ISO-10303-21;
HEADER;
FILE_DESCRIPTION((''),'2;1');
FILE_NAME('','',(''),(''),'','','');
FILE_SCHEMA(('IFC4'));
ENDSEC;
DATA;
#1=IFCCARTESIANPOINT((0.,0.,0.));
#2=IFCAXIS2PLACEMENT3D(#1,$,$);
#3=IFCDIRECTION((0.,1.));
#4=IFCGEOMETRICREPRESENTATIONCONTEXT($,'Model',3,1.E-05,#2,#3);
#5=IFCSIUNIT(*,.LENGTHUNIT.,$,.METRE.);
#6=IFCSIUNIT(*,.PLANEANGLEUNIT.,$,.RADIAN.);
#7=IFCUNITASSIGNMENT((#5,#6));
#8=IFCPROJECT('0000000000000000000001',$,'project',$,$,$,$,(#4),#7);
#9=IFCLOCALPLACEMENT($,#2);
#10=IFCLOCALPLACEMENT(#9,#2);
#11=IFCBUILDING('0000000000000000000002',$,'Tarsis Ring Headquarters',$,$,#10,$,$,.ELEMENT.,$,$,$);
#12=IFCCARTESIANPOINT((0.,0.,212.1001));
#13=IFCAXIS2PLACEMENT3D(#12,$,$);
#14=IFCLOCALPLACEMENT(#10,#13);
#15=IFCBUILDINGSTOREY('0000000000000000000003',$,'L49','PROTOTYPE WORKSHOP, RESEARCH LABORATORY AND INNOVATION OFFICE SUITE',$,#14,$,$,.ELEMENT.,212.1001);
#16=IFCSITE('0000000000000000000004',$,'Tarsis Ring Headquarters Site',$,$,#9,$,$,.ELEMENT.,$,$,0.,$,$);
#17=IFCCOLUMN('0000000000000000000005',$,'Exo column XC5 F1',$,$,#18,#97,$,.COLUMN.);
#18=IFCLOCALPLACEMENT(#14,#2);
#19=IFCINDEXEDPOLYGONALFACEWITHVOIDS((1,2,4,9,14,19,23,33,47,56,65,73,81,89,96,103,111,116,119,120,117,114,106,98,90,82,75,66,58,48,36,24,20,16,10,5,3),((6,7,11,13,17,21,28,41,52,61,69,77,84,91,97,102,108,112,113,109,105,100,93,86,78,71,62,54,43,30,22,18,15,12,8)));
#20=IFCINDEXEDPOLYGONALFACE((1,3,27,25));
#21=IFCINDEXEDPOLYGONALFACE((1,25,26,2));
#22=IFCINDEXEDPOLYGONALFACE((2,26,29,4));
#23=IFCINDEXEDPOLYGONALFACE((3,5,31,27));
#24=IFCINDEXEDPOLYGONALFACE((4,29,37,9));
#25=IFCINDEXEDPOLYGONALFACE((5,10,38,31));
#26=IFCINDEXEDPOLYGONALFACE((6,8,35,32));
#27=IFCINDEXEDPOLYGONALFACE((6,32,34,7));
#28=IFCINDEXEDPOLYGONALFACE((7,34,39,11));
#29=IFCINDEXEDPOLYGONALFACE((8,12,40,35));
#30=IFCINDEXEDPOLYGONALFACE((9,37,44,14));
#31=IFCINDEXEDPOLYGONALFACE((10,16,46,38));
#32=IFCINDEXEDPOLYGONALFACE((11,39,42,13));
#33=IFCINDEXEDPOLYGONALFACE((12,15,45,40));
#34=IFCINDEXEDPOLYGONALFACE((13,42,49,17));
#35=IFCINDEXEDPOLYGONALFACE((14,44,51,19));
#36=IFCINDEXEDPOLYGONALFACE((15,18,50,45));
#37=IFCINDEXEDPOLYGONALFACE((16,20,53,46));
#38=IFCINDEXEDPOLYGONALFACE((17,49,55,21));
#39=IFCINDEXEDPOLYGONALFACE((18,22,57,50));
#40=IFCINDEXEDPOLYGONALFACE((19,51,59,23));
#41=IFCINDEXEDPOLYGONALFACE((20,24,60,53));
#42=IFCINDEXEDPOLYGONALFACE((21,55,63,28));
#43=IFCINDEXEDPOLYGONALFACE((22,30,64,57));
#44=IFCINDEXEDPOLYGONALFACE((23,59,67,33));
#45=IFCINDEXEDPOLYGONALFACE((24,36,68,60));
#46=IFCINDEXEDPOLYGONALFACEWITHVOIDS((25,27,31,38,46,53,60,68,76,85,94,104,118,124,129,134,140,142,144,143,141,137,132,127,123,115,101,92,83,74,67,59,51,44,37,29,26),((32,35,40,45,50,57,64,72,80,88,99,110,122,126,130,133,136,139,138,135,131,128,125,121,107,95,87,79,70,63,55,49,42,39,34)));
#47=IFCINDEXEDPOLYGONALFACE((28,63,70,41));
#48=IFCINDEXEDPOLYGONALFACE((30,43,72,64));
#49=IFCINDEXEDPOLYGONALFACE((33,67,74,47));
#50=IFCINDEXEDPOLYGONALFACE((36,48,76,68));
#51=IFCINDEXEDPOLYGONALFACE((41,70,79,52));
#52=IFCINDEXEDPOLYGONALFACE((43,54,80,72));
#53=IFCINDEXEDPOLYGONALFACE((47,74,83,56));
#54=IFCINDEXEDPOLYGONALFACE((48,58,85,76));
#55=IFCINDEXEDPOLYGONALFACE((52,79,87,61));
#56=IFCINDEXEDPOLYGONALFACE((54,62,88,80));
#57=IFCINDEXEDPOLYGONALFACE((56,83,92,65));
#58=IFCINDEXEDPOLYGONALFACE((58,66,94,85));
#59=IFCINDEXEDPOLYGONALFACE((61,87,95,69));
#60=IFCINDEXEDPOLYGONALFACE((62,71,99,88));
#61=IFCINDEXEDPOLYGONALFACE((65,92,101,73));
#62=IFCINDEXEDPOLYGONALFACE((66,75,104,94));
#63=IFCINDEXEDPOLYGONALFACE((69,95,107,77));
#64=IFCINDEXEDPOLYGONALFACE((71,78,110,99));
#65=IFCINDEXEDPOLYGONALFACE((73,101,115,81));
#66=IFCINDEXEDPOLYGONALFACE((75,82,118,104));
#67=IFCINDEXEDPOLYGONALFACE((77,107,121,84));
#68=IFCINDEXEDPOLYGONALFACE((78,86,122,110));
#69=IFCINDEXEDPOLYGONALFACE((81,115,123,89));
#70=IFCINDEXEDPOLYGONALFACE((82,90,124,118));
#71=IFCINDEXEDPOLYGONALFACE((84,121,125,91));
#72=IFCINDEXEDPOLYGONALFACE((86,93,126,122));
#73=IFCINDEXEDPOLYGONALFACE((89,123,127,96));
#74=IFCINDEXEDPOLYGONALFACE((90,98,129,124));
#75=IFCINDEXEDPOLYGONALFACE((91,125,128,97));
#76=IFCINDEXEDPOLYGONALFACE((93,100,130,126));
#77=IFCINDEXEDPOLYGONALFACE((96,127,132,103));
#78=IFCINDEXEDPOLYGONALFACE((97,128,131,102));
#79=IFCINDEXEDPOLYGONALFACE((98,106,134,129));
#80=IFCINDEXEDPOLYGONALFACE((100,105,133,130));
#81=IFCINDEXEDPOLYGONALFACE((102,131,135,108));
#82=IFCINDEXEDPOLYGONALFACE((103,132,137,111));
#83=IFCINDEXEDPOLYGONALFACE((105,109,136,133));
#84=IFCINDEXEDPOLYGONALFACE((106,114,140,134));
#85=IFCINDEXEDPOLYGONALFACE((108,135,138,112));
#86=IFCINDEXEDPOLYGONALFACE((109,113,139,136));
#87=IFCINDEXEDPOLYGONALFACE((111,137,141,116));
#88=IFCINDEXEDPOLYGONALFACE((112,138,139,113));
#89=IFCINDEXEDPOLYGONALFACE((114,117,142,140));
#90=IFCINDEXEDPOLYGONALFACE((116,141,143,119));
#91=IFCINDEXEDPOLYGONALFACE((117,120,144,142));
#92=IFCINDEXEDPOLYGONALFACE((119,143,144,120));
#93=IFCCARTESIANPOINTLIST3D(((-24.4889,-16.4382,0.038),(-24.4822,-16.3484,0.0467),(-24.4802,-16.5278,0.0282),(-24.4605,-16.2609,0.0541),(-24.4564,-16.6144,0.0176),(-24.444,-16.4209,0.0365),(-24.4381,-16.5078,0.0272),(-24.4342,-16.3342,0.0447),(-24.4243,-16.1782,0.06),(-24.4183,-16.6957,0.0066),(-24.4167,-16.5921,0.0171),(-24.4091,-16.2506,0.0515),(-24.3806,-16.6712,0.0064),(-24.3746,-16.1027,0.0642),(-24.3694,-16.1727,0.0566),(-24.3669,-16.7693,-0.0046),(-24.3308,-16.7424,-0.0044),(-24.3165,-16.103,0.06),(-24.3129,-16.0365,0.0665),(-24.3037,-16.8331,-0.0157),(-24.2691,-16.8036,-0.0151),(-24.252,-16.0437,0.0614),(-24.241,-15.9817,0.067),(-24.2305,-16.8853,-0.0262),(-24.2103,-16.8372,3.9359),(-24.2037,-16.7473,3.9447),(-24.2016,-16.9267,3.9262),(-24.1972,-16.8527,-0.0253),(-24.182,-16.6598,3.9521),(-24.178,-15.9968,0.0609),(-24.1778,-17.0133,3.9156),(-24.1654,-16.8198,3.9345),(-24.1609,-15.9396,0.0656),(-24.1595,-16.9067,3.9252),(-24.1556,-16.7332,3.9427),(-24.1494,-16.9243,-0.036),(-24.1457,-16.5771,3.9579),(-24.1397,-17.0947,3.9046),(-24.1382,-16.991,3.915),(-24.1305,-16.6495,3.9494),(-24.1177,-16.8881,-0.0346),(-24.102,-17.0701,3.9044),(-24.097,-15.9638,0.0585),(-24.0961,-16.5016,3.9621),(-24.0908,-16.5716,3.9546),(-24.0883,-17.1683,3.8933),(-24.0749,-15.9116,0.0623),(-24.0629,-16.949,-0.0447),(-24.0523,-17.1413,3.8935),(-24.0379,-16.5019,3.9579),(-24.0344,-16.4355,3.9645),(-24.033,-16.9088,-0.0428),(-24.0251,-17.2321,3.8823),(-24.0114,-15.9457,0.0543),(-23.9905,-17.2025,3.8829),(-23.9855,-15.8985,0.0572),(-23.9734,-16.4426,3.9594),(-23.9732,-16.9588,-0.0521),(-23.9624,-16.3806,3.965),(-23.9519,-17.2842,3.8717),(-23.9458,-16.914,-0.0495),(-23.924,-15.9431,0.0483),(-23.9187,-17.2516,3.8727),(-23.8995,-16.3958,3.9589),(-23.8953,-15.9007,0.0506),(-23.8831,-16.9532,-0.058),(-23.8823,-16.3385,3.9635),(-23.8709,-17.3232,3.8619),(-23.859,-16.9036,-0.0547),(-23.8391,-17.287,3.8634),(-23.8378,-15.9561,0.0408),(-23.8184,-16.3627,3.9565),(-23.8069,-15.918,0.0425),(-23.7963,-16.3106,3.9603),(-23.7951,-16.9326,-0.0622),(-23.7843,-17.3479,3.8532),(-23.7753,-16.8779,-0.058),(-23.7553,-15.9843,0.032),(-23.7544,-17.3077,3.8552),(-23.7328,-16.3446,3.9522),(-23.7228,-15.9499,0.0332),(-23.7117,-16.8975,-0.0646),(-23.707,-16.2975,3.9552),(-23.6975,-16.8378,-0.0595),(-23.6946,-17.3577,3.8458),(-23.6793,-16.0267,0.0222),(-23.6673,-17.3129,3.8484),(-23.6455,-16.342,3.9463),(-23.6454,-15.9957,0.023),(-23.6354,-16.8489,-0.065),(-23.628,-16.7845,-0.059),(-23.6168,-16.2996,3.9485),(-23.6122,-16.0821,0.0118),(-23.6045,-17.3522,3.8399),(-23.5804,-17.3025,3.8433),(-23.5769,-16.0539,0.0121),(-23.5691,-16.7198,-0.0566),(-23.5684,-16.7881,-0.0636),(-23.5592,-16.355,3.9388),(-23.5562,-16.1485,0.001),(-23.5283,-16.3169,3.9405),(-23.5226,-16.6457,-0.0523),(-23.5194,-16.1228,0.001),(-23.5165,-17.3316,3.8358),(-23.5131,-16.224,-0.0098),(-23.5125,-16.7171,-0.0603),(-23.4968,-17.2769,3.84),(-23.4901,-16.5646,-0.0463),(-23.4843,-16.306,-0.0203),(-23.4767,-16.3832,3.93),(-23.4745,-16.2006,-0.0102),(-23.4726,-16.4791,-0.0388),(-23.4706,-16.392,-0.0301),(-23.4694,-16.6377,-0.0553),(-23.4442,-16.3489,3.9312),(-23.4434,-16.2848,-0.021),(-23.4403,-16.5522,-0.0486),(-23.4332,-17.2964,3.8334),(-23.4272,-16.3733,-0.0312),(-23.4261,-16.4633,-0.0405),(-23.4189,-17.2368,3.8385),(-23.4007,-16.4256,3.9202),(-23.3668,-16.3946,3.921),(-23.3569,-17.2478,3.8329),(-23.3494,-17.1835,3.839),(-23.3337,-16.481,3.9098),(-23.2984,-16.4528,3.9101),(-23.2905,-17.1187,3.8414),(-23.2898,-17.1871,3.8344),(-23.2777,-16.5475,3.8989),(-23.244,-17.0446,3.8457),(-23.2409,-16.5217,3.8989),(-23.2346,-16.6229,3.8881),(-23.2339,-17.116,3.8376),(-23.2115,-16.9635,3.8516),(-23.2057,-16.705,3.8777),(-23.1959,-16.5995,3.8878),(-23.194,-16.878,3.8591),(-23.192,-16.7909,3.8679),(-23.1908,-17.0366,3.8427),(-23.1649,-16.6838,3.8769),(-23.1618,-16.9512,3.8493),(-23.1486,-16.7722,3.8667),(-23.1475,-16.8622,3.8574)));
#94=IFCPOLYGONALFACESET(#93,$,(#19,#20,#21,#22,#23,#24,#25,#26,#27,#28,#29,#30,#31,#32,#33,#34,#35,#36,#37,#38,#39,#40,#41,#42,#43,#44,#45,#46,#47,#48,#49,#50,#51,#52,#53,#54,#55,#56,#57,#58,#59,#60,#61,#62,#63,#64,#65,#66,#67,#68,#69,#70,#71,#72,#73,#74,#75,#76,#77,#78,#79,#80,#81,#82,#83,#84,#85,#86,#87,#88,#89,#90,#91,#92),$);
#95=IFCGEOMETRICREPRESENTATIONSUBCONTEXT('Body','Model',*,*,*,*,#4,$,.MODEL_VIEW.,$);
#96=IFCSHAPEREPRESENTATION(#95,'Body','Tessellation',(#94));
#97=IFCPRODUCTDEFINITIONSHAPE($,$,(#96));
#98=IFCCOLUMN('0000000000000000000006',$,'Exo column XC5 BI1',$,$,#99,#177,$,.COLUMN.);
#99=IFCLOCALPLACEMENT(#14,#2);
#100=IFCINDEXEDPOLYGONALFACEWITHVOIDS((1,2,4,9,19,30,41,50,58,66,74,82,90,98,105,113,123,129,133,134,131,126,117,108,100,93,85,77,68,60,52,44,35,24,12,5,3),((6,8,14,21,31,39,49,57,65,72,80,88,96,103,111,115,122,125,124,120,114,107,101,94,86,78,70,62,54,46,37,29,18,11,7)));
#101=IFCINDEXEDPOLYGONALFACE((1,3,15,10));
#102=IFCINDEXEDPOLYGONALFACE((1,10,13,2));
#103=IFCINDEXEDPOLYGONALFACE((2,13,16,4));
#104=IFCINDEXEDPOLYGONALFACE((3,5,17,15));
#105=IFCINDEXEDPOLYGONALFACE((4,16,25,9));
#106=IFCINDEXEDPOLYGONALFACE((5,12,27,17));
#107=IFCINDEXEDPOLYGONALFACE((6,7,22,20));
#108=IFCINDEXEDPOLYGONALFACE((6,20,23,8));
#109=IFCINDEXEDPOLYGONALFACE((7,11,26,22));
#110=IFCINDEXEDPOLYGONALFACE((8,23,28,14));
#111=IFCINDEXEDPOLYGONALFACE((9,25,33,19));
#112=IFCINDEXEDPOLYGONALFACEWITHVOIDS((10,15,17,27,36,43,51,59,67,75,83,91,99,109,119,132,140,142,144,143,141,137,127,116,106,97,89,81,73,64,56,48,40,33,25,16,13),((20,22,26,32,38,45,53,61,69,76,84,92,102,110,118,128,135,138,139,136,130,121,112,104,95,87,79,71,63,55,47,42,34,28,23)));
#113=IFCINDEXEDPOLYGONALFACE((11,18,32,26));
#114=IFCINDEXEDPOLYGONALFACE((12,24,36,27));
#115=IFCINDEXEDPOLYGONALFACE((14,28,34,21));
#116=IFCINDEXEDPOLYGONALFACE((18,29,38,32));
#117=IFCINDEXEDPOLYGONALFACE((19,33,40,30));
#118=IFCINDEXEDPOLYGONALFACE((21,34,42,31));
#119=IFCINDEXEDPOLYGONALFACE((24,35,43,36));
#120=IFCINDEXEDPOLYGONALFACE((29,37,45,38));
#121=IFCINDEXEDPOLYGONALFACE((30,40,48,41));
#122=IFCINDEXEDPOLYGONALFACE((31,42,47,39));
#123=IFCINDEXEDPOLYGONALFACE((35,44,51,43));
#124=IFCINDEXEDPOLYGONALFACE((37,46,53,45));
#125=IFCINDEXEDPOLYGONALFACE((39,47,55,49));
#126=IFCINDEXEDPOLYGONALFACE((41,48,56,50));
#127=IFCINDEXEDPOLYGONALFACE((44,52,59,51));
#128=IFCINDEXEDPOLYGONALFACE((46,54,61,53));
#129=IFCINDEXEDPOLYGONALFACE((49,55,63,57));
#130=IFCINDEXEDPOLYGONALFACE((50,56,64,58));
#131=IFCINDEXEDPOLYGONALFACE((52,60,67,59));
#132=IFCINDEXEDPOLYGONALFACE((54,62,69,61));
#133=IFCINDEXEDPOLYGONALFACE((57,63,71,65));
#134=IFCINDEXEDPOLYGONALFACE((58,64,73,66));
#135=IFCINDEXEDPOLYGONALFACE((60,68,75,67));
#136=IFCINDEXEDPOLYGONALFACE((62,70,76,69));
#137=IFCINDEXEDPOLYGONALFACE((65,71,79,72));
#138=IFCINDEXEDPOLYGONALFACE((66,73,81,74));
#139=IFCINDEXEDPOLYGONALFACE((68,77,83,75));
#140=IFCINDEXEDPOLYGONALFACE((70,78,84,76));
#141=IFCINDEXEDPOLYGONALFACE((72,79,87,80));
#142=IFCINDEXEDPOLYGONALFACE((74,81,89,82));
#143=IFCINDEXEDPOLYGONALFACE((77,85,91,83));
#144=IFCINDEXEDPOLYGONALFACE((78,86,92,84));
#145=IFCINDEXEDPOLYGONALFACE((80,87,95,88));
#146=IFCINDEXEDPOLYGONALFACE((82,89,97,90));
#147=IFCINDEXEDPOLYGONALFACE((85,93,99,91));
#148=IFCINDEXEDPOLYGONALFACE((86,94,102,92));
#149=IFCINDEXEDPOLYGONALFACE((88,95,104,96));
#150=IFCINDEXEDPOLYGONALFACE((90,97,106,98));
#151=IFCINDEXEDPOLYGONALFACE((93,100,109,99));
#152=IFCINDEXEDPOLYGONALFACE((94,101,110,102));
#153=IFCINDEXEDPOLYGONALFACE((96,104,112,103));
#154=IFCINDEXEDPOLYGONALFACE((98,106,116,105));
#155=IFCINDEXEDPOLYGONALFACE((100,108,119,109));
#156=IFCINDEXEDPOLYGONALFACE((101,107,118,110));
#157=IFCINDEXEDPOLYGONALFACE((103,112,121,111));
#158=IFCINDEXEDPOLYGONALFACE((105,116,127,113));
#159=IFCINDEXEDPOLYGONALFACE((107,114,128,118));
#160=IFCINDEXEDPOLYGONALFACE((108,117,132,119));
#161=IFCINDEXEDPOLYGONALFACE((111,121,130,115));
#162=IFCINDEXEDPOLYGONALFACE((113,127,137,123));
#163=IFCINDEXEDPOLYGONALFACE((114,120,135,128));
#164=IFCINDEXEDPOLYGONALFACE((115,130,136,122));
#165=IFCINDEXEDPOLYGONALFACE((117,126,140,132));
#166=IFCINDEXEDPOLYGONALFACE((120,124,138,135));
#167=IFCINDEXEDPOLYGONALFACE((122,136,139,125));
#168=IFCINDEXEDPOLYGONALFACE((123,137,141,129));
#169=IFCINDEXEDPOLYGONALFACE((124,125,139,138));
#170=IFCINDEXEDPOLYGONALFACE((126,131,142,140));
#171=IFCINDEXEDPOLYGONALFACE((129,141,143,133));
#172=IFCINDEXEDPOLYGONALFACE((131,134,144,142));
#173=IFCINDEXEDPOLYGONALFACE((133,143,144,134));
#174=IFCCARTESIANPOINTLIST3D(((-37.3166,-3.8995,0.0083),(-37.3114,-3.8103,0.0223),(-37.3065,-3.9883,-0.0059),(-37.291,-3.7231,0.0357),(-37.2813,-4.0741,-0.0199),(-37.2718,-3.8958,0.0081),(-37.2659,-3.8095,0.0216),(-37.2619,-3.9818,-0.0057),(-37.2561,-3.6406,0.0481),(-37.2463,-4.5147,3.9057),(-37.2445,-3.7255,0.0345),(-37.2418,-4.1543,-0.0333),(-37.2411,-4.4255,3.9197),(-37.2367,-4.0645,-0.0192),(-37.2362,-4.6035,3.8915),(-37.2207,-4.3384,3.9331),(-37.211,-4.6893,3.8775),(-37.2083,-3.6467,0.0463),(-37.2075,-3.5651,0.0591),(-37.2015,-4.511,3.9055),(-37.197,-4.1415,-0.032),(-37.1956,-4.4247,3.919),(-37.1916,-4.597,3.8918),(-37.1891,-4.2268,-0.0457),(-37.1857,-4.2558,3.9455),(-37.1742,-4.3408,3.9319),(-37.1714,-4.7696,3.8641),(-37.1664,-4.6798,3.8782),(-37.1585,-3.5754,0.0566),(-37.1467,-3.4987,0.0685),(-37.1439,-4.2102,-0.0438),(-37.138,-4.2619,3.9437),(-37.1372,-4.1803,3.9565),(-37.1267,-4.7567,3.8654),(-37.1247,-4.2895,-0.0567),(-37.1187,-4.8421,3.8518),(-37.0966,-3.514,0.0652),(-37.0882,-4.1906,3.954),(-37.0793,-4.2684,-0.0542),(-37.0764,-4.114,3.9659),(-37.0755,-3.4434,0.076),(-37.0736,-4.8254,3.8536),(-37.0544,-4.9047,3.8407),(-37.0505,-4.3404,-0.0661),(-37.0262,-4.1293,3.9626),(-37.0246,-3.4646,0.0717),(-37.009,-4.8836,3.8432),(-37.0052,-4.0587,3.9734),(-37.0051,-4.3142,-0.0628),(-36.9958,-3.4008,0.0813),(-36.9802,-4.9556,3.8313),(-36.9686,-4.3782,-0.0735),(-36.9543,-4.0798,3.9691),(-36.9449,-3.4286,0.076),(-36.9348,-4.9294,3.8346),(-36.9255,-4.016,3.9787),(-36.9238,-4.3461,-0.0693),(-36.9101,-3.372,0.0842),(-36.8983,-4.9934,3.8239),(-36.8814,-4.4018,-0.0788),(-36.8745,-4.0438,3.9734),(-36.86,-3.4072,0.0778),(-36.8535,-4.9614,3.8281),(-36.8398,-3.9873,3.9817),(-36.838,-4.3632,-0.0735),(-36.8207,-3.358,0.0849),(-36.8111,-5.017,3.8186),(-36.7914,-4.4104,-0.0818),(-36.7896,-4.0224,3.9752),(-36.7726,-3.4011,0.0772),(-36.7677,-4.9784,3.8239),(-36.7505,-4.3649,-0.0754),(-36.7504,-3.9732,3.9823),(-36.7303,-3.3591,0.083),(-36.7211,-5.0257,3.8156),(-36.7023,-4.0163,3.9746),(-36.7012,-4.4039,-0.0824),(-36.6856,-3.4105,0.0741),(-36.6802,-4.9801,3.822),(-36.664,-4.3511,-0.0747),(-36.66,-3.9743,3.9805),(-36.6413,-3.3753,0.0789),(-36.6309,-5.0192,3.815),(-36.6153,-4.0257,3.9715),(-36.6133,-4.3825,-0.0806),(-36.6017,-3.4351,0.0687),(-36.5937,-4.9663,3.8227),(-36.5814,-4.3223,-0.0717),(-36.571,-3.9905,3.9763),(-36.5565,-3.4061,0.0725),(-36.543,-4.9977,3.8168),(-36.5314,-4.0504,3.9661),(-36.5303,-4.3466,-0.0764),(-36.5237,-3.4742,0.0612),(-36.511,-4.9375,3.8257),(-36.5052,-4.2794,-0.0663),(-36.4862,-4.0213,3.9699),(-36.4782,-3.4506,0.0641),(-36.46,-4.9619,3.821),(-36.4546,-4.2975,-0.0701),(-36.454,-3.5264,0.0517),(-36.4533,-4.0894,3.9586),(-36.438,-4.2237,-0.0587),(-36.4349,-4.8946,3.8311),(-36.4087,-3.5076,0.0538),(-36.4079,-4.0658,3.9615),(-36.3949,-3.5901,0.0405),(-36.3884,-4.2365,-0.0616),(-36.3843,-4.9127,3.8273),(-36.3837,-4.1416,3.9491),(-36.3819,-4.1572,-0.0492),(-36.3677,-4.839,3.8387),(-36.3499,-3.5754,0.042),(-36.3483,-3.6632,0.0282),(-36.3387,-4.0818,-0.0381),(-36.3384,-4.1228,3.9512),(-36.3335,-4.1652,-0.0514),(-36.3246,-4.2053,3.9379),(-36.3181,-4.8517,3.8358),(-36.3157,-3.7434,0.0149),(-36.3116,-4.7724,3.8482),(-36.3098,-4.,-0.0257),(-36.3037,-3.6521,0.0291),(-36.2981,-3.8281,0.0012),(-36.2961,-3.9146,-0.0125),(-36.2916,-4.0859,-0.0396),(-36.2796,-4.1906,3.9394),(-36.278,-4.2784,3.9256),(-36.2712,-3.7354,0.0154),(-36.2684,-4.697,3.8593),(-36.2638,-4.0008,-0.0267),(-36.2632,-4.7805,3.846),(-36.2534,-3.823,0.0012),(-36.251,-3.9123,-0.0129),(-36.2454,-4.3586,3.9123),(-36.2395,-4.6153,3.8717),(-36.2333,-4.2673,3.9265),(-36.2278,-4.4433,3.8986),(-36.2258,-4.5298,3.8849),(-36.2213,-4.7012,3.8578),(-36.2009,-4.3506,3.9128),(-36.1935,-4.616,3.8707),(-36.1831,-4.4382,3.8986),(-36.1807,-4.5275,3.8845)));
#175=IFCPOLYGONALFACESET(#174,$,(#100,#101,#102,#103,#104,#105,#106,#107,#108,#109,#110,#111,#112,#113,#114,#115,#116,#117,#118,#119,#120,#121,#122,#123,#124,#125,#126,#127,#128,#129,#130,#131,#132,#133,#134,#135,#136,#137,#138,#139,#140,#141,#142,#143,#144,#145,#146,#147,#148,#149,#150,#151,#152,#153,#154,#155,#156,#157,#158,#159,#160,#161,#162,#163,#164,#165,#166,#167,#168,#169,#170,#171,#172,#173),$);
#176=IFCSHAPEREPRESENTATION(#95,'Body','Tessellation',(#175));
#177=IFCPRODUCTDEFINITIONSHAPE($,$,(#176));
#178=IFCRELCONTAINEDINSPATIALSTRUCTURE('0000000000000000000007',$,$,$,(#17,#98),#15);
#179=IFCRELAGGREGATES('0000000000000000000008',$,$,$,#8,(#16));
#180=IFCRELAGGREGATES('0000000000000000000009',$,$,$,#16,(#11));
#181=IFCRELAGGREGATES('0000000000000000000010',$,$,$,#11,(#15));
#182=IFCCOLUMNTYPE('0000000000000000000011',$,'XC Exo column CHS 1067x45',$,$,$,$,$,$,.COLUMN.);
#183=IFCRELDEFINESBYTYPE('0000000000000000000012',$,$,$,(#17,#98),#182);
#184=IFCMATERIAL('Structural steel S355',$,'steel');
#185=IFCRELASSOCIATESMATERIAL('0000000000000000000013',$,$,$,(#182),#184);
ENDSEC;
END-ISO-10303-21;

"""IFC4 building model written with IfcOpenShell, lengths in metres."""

from ifc_helpers import new_model, si_unit, direction, frame, origin, origin_2d, place, context, subcontext, project, spatial, hollow_circle, extrude, material, material_profile, profile_set, type_object, element, save


model = new_model("IFC4")

# Units and contexts
model_context = context("Model", 3, precision=1e-05, world=origin(), true_north=direction((0.0, 1.0)))
body_context = subcontext(model_context, "Body", "Model", "MODEL_VIEW")
ifc_project = project(units=[si_unit("LENGTHUNIT", "METRE"), si_unit("PLANEANGLEUNIT", "RADIAN")], contexts=[model_context])

# Site, building, storey
site_placement = place(None, origin())
site = spatial("IfcSite", under=ifc_project, at=site_placement, Name="Tarsis Ring Headquarters Site", CompositionType="ELEMENT", RefElevation=0.0)
building_placement = place(site_placement, origin())
building = spatial("IfcBuilding", under=site, at=building_placement, Name="Tarsis Ring Headquarters", CompositionType="ELEMENT")
storey_placement = place(building_placement, frame((0.0, 0.0, 212.1001)))
storey = spatial("IfcBuildingStorey", under=building, at=storey_placement, Name="L49", Description="PROTOTYPE WORKSHOP, RESEARCH LABORATORY AND INNOVATION OFFICE SUITE", CompositionType="ELEMENT", Elevation=212.1001)

# Columns
ifc_material_1 = material(Name="Structural steel S355", Category="steel")
ifc_material_profile_1 = material_profile(ifc_material_1, hollow_circle(Radius=0.5334, WallThickness=0.0449, at=origin_2d()), Name="CHS 1067x45")
ifc_profile_set_1 = profile_set([ifc_material_profile_1], Name="Structural steel S355")
column_type = type_object("IfcColumnType", Name="XC Exo column CHS 1067x45", PredefinedType="COLUMN", material=ifc_profile_set_1)
column_1_placement = place(storey_placement, frame((-23.9568, -16.4282, 0.001), z_axis=(0.070914, -0.101554, 0.992299), x_axis=(0.819891, 0.572519, 0.0)))
element("IfcColumn", 1, at=column_1_placement, inside=storey, type_object=column_type, Name="Exo column XC5 F1", PredefinedType="COLUMN", context=body_context, shape_type="SweptSolid", body=[
    extrude(hollow_circle(Radius=0.5334, WallThickness=0.0449, at=origin_2d()), origin(), (0.0, 0.0, 1.0), 3.9282),
])
column_2_placement = place(storey_placement, frame((-36.7834, -3.8835, 0.0012), z_axis=(0.017817, -0.1559, 0.987612), x_axis=(0.993533, 0.113547, 0.0)))
element("IfcColumn", 2, at=column_2_placement, inside=storey, type_object=column_type, Name="Exo column XC5 BI1", PredefinedType="COLUMN", context=body_context, shape_type="SweptSolid", body=[
    extrude(hollow_circle(Radius=0.5334, WallThickness=0.0449, at=origin_2d()), origin(), (0.0, 0.0, 1.0), 3.9463),
])

save(model, "model.ifc")
